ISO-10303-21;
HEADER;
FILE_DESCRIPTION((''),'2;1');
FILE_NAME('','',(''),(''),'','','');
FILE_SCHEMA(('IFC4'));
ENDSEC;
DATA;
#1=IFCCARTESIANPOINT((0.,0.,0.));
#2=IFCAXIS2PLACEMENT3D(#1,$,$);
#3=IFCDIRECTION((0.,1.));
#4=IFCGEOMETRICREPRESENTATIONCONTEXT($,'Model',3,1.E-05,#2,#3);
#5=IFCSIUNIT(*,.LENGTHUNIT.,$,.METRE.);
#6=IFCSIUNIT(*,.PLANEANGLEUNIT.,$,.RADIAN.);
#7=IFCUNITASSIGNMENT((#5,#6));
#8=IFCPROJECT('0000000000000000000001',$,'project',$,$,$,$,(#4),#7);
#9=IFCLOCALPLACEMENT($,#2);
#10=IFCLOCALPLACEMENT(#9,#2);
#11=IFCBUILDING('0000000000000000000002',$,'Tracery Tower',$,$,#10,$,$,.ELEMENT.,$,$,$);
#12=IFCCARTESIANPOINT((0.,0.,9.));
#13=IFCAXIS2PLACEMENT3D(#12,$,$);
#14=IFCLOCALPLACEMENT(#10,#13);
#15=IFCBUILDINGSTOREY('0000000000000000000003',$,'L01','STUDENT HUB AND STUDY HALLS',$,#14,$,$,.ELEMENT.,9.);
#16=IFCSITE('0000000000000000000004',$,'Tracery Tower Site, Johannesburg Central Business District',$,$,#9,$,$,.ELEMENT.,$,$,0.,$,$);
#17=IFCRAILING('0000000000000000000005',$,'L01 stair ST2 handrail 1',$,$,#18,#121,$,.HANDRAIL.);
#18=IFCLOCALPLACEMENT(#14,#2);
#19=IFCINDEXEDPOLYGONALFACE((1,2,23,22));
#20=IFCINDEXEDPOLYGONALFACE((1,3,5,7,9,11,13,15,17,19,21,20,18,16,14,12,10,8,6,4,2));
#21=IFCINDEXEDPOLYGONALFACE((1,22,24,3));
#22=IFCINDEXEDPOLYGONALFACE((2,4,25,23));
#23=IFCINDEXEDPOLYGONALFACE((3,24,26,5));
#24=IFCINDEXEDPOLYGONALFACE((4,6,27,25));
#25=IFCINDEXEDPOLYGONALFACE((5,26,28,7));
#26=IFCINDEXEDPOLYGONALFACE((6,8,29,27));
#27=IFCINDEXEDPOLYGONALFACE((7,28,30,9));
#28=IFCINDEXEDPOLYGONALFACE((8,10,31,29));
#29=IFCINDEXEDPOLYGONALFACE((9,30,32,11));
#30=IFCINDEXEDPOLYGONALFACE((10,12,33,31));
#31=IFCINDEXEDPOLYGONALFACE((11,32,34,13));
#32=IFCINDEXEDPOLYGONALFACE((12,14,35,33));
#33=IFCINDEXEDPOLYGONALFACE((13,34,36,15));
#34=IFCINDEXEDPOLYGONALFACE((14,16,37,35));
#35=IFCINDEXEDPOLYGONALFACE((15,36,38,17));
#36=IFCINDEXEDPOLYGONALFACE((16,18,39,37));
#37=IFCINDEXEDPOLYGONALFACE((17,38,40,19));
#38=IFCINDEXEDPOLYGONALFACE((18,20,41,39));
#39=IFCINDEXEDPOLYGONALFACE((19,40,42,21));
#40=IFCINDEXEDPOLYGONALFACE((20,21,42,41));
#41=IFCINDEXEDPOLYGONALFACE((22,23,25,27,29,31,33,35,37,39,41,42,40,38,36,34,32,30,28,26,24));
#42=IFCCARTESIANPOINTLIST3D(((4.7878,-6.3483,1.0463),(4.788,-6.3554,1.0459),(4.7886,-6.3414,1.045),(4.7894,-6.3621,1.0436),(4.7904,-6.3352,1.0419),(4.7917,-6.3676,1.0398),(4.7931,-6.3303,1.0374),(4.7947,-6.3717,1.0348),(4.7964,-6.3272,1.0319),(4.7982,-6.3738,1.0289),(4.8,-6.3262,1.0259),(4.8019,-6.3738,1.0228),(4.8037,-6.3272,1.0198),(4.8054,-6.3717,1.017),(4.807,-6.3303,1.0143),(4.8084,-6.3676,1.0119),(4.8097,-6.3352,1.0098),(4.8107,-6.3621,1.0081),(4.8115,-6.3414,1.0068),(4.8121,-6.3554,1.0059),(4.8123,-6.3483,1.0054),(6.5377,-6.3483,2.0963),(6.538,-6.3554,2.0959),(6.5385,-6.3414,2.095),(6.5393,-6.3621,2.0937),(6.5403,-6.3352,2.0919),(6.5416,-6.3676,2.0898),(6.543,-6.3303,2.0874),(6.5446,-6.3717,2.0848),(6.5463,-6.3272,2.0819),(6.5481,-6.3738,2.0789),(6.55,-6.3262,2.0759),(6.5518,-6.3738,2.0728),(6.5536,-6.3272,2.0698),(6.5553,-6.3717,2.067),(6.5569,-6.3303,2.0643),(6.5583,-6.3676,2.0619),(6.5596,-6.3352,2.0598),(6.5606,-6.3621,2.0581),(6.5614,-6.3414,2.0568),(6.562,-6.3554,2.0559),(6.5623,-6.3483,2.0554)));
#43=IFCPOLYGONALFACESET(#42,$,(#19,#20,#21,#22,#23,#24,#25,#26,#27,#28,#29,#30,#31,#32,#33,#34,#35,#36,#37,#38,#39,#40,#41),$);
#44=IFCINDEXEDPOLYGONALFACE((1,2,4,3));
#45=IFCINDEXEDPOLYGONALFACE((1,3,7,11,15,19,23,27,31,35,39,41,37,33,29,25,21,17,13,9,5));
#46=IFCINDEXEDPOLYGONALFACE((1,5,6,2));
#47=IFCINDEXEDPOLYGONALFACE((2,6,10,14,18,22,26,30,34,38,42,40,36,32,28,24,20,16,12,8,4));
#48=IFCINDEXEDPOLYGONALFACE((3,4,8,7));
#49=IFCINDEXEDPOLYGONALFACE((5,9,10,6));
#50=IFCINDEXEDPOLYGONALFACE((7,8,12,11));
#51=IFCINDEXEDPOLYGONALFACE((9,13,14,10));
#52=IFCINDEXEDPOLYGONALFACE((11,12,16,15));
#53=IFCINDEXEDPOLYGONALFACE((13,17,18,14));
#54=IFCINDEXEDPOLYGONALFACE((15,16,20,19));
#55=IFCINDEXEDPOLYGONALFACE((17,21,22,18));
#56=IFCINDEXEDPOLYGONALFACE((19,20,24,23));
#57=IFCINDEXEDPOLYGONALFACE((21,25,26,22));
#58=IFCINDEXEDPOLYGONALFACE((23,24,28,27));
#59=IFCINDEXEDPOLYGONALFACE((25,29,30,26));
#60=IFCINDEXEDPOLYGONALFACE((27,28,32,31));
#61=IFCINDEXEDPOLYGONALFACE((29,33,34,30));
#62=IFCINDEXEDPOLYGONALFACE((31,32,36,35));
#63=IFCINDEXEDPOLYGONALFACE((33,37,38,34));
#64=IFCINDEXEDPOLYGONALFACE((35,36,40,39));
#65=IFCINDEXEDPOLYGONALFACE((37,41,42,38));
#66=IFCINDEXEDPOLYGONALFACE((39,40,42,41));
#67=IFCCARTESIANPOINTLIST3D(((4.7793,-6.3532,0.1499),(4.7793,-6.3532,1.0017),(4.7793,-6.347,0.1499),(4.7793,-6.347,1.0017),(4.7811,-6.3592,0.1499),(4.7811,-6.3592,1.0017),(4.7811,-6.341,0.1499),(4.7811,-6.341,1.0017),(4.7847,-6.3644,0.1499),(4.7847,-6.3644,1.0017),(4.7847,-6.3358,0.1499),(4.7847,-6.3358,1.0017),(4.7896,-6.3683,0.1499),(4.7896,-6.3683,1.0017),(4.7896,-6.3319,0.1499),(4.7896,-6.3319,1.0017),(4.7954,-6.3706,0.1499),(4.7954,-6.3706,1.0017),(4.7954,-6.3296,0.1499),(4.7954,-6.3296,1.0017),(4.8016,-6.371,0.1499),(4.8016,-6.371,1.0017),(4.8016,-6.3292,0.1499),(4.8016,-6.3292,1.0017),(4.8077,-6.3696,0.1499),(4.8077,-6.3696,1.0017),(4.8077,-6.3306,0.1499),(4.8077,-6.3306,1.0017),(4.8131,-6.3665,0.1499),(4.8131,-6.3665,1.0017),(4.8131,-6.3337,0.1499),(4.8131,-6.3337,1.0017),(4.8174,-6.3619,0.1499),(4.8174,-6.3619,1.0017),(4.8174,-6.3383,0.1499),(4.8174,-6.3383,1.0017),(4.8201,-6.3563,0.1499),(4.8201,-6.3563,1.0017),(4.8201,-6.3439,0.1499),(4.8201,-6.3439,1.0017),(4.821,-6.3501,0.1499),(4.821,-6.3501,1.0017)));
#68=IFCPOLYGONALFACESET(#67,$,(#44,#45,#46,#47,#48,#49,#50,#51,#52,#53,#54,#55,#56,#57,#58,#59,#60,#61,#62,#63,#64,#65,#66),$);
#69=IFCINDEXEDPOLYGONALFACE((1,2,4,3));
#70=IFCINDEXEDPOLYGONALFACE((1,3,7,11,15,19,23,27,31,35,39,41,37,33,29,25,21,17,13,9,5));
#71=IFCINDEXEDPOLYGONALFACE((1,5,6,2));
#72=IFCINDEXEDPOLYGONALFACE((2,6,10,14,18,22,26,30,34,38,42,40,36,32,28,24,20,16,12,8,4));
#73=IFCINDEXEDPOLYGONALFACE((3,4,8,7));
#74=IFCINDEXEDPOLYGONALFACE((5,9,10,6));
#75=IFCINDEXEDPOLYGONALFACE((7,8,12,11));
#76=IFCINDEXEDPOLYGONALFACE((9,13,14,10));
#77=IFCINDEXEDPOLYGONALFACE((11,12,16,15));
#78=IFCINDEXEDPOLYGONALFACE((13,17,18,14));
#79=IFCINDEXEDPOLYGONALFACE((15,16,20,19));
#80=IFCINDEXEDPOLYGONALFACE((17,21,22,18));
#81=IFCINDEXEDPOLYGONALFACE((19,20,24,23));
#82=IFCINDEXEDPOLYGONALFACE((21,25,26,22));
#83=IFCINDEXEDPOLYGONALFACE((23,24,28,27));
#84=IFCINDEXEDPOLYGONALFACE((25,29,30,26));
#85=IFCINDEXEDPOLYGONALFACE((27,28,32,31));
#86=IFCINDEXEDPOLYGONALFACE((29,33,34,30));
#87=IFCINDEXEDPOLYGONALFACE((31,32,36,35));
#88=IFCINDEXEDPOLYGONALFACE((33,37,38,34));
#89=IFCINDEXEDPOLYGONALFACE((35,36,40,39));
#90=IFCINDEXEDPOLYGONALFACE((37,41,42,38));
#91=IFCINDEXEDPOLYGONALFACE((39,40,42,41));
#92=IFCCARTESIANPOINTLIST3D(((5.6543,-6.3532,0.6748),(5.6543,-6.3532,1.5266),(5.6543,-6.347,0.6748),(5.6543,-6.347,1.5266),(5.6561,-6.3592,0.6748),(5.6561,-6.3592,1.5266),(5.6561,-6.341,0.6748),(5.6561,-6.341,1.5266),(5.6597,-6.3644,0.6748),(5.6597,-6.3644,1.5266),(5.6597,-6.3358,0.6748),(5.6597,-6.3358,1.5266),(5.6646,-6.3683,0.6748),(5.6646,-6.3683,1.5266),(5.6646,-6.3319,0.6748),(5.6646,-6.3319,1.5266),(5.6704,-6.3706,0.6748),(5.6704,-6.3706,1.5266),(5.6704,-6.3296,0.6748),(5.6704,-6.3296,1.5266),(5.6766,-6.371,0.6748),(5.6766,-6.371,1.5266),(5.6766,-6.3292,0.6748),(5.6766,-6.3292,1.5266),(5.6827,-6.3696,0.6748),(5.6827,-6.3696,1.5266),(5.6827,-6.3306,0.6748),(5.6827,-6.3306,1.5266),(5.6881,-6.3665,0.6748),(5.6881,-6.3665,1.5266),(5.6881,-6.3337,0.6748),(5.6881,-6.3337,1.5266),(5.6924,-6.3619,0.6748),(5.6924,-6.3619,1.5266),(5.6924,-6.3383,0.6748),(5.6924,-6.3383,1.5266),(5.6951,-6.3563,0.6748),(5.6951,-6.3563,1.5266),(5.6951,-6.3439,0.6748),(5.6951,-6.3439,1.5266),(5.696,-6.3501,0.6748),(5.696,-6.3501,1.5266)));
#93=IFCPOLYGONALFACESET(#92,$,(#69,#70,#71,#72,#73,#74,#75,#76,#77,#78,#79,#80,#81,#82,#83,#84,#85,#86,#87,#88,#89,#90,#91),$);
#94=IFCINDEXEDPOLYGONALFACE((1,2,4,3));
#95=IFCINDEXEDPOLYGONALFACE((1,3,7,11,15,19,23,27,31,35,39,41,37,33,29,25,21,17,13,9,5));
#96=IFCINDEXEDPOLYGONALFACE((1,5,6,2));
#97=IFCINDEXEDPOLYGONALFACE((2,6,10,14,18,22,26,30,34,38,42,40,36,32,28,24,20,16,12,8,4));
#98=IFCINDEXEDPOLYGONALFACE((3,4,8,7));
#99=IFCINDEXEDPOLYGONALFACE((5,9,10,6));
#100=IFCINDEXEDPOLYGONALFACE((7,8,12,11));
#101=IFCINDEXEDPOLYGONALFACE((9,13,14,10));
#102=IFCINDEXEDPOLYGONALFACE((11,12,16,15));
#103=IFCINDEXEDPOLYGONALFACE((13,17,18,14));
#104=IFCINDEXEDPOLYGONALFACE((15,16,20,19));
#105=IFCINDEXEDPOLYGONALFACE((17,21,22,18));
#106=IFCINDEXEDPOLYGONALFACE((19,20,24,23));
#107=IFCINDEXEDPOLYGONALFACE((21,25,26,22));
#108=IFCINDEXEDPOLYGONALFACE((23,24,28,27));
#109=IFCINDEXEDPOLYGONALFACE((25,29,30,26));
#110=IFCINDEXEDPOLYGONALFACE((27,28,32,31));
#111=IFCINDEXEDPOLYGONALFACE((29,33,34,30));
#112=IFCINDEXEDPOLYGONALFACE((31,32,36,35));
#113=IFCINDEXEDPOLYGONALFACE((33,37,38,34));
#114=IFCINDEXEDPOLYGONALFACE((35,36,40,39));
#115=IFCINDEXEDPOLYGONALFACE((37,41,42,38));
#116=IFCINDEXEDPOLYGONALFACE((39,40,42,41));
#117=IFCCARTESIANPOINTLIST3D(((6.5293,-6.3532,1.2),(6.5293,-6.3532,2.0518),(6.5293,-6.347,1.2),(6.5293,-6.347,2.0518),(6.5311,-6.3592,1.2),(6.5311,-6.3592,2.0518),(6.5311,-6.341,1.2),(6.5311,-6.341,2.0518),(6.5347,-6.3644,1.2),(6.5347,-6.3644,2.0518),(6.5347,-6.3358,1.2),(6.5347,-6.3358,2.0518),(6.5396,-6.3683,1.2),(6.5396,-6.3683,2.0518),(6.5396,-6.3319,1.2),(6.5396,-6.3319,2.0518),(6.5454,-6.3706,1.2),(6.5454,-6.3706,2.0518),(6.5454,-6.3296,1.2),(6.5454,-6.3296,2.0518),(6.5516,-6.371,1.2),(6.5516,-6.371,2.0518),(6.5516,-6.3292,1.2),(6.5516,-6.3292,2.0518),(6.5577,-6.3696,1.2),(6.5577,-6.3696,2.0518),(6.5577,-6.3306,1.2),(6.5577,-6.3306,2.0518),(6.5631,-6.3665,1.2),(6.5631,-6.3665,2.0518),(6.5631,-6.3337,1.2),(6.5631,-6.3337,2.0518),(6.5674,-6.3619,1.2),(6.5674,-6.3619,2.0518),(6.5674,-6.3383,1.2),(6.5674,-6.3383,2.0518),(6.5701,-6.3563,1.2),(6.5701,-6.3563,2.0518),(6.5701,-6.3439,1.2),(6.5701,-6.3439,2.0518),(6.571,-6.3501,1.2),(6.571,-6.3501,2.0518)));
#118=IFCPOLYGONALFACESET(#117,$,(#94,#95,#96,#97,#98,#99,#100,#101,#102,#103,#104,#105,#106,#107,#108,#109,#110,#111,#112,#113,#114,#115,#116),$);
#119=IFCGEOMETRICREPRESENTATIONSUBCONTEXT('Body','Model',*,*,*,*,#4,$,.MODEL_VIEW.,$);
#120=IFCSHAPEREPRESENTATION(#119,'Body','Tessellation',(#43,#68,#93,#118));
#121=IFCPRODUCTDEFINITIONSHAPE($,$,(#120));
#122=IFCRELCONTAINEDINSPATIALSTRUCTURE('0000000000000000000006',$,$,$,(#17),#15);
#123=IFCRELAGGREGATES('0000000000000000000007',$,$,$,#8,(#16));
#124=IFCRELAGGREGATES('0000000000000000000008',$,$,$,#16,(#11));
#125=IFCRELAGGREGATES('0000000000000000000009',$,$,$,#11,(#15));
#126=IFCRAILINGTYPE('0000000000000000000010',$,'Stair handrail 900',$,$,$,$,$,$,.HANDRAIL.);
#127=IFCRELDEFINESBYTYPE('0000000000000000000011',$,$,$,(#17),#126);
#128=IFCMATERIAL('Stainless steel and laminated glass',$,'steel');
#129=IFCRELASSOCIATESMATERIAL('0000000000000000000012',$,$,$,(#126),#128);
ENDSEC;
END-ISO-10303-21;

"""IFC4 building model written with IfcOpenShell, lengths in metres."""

from ifc_helpers import new_model, si_unit, direction, frame, origin, origin_2d, place, context, subcontext, project, spatial, circle, extrude, material, type_object, element, save


model = new_model("IFC4")

# Units and contexts
model_context = context("Model", 3, precision=1e-05, world=origin(), true_north=direction((0.0, 1.0)))
body_context = subcontext(model_context, "Body", "Model", "MODEL_VIEW")
ifc_project = project(units=[si_unit("LENGTHUNIT", "METRE"), si_unit("PLANEANGLEUNIT", "RADIAN")], contexts=[model_context])

# Site, building, storey
site_placement = place(None, origin())
site = spatial("IfcSite", under=ifc_project, at=site_placement, Name="Tracery Tower Site, Johannesburg Central Business District", CompositionType="ELEMENT", RefElevation=0.0)
building_placement = place(site_placement, origin())
building = spatial("IfcBuilding", under=site, at=building_placement, Name="Tracery Tower", CompositionType="ELEMENT")
storey_placement = place(building_placement, frame((0.0, 0.0, 9.0)))
storey = spatial("IfcBuildingStorey", under=building, at=storey_placement, Name="L01", Description="STUDENT HUB AND STUDY HALLS", CompositionType="ELEMENT", Elevation=9.0)

# Railing
ifc_material_1 = material(Name="Stainless steel and laminated glass", Category="steel")
railing_type_1 = type_object("IfcRailingType", Name="Stair handrail 900", PredefinedType="HANDRAIL", material=ifc_material_1)
railing_1_placement = place(storey_placement, frame((4.8, -6.3501, 0.1499)))
element("IfcRailing", 1, at=railing_1_placement, inside=storey, type_object=railing_type_1, Name="L01 stair ST2 handrail 1", PredefinedType="HANDRAIL", context=body_context, shape_type="SweptSolid", body=[
    extrude(circle(Radius=0.0239, at=origin_2d()), frame((0.0, 0.0, 0.876), z_axis=(0.857482, 0.0, 0.514513), x_axis=(0.0, 1.0, 0.0)), (0.0, 0.0, 1.0), 2.0408),
    extrude(circle(Radius=0.021, at=origin_2d()), origin(), (0.0, 0.0, 1.0), 0.8518),
    extrude(circle(Radius=0.021, at=origin_2d()), frame((0.875, 0.0, 0.5249)), (0.0, 0.0, 1.0), 0.8518),
    extrude(circle(Radius=0.021, at=origin_2d()), frame((1.75, 0.0, 1.05)), (0.0, 0.0, 1.0), 0.8518),
])

save(model, "model.ifc")
